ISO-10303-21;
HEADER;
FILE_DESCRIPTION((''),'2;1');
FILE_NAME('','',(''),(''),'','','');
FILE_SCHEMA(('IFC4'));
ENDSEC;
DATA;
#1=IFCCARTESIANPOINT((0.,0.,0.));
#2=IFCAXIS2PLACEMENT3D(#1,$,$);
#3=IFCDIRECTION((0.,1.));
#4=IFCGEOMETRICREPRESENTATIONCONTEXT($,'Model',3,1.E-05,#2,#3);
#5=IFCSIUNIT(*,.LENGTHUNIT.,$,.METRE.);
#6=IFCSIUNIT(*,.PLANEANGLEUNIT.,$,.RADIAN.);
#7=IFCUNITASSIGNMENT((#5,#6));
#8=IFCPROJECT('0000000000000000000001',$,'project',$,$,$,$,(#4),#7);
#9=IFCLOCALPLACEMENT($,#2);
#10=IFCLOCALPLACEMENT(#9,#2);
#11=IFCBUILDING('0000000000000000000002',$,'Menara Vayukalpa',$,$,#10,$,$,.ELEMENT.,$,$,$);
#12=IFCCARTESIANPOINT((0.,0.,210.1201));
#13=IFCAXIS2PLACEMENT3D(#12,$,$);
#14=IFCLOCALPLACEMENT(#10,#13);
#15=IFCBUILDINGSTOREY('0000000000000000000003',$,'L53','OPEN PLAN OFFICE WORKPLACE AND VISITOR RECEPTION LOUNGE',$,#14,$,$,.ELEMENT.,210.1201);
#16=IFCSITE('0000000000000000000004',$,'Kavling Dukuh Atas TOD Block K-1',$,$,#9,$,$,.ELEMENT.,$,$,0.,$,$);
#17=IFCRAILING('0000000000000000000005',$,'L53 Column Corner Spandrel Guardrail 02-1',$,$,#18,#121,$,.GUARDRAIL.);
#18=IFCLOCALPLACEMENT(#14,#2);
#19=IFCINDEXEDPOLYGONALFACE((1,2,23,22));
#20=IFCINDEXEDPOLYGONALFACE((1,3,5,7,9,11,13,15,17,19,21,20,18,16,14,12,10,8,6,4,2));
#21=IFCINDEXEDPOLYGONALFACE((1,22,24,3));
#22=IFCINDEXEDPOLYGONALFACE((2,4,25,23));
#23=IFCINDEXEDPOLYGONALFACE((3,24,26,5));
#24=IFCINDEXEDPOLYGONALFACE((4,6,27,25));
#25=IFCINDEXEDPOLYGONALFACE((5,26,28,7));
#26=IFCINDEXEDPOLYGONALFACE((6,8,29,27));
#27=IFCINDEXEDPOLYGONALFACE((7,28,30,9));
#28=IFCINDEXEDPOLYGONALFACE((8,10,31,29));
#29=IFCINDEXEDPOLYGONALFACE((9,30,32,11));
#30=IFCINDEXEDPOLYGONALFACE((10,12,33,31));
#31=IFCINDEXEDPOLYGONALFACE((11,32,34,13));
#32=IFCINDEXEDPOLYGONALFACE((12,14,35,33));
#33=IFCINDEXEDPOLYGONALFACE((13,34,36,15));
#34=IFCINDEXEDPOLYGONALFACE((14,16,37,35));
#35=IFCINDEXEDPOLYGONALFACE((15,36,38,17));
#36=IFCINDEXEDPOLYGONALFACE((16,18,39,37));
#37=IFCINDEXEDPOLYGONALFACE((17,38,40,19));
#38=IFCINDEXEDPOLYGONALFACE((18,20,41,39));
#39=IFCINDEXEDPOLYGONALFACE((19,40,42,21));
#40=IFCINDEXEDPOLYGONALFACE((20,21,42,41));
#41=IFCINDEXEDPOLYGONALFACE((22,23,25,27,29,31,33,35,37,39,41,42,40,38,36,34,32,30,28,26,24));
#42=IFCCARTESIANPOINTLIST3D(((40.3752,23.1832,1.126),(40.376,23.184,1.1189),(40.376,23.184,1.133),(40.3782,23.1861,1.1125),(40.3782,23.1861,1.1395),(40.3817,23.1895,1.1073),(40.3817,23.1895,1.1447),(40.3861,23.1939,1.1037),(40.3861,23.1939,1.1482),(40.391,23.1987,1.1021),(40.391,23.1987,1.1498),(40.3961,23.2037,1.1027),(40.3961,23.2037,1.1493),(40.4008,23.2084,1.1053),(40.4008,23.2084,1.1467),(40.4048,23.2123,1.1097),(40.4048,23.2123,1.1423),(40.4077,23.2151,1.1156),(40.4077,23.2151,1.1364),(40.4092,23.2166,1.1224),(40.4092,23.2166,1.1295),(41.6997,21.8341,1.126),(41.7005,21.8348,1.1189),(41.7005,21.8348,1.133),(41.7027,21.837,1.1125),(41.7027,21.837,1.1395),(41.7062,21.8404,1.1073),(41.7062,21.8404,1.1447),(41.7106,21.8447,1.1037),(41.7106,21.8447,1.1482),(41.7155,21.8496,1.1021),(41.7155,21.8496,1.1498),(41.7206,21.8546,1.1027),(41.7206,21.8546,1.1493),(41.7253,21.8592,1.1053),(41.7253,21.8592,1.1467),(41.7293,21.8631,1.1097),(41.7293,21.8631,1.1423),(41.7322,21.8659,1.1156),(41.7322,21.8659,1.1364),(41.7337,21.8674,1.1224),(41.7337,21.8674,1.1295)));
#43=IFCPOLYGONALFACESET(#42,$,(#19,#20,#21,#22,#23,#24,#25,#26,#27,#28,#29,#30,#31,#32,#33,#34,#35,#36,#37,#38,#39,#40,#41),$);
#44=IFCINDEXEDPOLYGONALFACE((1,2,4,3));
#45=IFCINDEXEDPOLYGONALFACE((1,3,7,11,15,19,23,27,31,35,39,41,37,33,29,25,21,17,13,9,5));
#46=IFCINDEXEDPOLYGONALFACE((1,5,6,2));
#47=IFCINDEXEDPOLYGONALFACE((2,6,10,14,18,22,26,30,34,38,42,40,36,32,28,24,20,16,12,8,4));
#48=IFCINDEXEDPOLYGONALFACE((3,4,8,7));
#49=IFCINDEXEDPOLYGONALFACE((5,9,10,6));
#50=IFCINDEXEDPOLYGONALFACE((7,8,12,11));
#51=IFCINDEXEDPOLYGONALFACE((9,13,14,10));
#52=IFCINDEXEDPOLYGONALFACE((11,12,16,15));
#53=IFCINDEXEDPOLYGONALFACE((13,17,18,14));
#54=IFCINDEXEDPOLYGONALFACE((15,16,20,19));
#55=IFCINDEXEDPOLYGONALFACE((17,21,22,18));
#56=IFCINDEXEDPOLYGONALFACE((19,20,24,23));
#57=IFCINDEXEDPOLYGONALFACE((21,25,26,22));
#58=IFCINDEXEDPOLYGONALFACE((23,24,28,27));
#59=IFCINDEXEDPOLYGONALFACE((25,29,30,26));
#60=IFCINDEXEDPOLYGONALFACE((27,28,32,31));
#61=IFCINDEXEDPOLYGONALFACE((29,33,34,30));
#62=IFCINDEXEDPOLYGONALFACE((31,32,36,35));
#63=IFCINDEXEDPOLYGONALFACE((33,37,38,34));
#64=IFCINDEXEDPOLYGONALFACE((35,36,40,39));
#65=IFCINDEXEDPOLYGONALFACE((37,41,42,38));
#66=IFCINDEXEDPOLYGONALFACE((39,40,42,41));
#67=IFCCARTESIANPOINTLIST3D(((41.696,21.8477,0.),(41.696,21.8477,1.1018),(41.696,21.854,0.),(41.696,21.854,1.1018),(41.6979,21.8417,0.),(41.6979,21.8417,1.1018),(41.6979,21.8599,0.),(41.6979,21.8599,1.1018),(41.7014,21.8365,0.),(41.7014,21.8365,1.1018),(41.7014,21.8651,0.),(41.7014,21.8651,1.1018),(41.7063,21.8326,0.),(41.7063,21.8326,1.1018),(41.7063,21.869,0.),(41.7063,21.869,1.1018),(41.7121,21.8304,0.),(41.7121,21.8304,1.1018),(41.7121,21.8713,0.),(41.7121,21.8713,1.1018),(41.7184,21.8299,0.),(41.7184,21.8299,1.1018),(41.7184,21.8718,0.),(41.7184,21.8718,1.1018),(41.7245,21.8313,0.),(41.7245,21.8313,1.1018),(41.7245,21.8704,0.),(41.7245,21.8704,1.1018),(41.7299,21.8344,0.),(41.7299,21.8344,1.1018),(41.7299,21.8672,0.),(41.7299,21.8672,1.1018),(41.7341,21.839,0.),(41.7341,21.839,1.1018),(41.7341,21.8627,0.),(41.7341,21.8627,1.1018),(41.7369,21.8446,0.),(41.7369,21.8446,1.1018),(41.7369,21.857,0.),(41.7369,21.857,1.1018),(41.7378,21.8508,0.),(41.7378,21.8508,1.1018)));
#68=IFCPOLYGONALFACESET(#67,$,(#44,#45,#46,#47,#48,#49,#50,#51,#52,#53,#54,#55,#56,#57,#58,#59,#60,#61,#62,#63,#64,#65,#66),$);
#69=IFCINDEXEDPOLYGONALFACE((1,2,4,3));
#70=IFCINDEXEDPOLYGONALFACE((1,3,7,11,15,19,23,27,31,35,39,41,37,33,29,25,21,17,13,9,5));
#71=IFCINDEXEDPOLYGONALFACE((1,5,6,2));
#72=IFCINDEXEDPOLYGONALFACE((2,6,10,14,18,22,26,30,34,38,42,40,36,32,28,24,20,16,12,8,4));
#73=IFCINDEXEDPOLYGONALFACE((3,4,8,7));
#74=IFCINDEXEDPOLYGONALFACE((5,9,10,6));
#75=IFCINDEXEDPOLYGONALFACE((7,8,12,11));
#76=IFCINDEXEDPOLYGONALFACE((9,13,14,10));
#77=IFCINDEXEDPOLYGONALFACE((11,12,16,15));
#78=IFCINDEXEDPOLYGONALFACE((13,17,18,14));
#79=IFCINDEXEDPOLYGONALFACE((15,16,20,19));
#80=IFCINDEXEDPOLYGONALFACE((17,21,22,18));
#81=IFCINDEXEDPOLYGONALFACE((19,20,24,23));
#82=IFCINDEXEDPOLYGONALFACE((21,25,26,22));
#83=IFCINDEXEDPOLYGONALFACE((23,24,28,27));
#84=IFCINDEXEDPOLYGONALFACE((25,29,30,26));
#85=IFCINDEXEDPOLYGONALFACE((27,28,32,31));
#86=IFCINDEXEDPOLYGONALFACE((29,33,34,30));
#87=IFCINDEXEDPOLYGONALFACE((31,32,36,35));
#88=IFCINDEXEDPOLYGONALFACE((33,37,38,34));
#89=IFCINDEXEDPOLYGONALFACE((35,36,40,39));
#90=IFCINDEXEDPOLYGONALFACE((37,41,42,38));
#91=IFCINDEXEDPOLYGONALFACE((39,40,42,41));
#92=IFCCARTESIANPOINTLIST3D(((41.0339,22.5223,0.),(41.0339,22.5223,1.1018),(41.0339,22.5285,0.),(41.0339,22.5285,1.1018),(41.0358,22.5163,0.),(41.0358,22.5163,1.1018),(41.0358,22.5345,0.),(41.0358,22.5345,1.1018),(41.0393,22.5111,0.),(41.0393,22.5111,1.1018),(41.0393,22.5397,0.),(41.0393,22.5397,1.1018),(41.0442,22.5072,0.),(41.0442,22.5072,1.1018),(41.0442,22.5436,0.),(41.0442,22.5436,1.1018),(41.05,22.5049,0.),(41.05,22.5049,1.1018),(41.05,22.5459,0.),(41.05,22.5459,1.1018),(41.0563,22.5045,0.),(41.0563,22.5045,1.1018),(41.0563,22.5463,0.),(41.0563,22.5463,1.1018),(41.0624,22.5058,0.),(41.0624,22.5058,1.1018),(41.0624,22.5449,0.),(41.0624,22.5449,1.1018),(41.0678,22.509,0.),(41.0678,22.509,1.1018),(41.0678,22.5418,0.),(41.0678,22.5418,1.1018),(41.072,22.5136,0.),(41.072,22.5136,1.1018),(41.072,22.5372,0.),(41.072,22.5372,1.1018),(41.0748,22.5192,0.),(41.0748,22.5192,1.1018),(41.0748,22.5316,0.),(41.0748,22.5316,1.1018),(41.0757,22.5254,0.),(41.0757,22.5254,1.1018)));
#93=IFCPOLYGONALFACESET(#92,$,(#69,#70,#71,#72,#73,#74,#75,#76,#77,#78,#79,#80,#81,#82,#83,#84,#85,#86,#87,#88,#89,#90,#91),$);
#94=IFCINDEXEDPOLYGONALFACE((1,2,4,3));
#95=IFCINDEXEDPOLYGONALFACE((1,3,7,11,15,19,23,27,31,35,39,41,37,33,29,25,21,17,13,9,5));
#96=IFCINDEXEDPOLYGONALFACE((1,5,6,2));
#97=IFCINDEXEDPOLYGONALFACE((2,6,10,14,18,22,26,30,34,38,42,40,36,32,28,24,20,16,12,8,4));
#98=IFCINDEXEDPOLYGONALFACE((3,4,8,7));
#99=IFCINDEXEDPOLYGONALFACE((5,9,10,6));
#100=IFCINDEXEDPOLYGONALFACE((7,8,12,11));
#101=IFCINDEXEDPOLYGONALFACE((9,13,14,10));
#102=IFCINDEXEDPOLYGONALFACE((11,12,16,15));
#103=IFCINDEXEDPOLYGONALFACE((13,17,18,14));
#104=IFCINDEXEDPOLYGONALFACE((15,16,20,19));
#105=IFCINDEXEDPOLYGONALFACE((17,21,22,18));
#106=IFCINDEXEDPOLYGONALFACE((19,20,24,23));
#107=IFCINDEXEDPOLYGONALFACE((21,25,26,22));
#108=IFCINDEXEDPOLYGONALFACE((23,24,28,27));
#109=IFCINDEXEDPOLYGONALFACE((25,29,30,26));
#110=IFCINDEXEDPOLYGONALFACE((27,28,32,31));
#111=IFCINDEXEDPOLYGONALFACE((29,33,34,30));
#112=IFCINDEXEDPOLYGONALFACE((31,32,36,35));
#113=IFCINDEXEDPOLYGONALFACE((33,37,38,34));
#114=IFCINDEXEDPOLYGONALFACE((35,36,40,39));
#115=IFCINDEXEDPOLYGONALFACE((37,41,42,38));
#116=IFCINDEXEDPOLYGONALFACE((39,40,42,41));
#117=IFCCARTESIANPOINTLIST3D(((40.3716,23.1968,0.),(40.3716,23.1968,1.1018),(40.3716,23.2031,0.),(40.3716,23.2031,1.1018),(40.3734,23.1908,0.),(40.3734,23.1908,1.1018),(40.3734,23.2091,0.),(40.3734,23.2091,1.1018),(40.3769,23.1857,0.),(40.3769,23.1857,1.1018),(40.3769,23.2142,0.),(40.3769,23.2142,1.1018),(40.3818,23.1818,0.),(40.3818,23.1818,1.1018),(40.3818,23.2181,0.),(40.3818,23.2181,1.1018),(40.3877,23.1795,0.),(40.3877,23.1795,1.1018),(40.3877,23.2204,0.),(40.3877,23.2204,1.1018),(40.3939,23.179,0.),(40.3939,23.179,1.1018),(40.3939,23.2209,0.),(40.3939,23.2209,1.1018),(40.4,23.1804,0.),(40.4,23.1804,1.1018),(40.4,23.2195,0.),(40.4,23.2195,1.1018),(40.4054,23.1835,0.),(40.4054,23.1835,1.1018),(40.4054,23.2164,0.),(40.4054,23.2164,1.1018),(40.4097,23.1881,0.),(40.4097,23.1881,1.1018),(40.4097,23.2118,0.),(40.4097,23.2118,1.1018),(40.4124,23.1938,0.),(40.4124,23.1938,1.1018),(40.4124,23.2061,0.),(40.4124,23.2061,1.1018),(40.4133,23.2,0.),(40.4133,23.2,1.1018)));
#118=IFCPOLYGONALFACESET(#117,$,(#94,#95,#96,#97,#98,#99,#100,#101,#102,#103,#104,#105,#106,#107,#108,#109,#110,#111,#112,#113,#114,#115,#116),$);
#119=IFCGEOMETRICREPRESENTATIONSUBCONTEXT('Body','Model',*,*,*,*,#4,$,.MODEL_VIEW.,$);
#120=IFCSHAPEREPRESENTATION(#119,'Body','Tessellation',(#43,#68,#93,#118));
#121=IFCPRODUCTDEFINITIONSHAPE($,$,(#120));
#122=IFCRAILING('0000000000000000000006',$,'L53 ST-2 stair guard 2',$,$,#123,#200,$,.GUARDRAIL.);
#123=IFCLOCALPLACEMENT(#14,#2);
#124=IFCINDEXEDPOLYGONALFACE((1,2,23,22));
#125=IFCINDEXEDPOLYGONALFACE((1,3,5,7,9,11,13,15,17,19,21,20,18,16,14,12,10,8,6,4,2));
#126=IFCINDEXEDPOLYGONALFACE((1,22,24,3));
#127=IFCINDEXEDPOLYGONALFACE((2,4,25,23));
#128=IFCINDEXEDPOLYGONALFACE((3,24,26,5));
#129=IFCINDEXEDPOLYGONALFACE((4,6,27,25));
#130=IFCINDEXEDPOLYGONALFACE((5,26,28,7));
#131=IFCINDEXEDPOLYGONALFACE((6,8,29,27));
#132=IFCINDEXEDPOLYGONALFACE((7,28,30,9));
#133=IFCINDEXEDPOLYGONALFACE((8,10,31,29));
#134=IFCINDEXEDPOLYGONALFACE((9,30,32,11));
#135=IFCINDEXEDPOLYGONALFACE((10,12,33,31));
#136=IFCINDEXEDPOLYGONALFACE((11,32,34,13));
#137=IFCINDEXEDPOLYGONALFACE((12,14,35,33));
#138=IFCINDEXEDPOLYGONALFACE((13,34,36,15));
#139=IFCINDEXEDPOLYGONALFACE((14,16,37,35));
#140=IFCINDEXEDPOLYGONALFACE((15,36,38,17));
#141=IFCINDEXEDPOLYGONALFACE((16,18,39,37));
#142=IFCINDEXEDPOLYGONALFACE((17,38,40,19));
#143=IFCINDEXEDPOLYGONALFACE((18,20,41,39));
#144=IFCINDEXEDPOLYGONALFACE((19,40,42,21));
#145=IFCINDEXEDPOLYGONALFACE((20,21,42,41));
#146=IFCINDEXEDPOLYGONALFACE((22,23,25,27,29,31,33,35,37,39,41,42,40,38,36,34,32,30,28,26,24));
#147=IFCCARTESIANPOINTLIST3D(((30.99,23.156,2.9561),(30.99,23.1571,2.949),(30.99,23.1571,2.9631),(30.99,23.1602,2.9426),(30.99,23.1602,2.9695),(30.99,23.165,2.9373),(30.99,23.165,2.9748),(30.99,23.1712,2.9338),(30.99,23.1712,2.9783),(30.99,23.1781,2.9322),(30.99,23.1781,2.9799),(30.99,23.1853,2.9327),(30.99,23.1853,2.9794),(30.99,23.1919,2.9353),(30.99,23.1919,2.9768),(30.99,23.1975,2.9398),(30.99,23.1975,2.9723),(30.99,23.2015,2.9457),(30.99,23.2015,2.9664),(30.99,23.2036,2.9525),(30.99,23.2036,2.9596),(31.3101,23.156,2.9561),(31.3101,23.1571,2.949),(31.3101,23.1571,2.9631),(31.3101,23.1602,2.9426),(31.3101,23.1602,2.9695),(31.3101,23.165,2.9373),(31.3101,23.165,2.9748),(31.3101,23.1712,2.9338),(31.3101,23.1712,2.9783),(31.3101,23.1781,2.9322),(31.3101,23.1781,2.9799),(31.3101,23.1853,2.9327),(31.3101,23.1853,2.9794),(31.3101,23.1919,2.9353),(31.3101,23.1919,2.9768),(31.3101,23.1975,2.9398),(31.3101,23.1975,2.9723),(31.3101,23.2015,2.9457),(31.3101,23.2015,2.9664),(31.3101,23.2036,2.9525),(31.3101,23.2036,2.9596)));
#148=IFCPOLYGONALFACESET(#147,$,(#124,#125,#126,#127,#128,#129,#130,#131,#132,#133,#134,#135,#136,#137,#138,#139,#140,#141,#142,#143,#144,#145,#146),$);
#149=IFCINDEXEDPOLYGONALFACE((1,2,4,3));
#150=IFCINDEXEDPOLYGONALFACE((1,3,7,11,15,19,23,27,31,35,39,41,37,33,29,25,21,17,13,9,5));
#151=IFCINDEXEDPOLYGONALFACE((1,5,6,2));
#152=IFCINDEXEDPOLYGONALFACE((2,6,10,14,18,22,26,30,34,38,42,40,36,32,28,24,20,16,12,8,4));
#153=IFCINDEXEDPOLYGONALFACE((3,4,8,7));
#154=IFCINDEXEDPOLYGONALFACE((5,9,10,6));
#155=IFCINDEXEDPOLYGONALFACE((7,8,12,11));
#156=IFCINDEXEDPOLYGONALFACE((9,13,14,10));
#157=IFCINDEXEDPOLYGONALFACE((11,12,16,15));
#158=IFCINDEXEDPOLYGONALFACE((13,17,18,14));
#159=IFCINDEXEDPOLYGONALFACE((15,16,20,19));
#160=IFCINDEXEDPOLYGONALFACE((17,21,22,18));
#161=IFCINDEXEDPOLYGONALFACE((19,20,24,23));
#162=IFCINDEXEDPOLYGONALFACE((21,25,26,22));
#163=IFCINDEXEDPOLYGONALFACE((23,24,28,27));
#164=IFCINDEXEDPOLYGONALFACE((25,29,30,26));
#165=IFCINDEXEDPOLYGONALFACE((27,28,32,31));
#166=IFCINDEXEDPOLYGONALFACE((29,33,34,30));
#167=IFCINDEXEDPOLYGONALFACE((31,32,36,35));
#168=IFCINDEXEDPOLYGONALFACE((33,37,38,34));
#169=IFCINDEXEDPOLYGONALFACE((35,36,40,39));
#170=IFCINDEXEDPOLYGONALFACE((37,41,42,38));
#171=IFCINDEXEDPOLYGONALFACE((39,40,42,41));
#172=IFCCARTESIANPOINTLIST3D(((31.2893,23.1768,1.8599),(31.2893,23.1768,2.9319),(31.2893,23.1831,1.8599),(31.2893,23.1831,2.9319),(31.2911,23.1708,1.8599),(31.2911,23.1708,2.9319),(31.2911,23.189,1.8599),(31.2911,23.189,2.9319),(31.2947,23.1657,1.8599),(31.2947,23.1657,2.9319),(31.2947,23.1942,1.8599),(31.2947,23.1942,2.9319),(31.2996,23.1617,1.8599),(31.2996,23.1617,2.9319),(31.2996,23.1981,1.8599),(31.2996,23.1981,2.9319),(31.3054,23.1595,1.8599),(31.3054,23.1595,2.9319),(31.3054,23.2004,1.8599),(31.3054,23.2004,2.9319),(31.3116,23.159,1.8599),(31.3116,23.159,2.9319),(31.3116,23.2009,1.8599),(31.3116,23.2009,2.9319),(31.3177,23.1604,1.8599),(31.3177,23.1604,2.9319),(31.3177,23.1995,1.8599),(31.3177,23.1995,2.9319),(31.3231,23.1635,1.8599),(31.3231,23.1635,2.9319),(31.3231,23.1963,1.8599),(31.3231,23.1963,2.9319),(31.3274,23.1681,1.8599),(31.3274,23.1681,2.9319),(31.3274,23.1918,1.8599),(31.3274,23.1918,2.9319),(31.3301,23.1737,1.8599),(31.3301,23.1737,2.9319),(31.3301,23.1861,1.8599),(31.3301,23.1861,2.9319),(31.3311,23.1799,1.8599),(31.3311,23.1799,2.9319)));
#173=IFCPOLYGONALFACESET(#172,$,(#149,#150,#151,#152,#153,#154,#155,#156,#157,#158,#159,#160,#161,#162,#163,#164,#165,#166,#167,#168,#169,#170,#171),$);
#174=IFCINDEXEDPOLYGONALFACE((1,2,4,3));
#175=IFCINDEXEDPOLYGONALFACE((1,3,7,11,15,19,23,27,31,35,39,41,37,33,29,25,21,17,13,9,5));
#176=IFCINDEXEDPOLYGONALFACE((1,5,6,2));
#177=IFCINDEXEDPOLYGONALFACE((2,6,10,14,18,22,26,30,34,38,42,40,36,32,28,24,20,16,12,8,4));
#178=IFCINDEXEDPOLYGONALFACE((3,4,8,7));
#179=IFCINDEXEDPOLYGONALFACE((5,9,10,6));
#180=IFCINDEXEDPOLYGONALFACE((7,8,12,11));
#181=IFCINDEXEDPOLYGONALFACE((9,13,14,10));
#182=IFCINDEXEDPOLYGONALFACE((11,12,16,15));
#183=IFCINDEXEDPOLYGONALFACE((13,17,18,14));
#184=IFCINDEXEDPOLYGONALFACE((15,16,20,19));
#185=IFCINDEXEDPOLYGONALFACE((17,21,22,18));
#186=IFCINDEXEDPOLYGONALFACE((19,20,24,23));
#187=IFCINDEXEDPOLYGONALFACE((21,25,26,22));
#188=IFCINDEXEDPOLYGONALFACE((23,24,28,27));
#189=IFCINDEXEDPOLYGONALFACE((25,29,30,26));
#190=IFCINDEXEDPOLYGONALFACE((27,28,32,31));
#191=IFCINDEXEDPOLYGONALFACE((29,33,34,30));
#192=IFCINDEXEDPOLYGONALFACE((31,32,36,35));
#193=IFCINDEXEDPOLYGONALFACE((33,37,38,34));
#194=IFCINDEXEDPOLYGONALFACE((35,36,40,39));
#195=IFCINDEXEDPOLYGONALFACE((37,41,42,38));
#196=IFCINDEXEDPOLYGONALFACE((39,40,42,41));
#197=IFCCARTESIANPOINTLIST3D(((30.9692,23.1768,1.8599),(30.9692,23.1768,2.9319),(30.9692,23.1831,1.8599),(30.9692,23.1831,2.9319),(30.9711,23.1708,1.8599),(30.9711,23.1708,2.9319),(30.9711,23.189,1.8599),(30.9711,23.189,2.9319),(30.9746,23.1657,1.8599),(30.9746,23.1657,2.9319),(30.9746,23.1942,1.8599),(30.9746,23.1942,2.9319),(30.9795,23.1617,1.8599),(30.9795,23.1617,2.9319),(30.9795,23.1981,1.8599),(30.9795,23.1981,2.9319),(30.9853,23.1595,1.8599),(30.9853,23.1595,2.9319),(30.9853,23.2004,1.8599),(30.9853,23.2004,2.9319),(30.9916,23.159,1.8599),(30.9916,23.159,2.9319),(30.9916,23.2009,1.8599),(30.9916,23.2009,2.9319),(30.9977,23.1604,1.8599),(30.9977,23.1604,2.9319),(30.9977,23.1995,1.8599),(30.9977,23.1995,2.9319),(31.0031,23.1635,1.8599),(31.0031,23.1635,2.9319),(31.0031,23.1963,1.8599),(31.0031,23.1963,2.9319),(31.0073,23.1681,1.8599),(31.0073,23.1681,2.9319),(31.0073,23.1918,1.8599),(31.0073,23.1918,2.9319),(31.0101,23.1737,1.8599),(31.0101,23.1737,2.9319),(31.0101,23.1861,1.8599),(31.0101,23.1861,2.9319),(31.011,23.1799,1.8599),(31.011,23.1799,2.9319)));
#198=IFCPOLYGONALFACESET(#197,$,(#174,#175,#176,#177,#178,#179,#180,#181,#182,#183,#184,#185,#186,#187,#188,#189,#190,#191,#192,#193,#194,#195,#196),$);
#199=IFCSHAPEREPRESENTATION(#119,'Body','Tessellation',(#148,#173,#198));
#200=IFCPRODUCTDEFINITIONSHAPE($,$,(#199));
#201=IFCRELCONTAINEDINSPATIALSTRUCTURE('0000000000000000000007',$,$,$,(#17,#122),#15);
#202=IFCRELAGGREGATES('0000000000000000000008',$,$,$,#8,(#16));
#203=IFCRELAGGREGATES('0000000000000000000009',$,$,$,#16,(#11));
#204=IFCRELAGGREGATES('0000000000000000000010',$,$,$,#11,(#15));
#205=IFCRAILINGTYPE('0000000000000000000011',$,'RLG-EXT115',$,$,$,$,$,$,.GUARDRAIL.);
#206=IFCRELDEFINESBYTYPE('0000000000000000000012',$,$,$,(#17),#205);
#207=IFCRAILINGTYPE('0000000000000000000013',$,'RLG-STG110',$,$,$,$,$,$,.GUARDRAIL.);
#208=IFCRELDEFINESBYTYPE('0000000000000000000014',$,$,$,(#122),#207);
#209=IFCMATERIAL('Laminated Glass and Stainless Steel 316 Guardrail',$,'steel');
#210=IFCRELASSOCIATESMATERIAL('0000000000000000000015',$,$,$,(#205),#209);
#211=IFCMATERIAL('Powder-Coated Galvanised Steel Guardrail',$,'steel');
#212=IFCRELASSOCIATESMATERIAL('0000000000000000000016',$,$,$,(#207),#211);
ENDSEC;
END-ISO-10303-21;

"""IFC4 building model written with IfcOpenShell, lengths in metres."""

from ifc_helpers import new_model, si_unit, direction, frame, origin, origin_2d, place, context, subcontext, project, spatial, circle, extrude, material, type_object, element, save


model = new_model("IFC4")

# Units and contexts
model_context = context("Model", 3, precision=1e-05, world=origin(), true_north=direction((0.0, 1.0)))
body_context = subcontext(model_context, "Body", "Model", "MODEL_VIEW")
ifc_project = project(units=[si_unit("LENGTHUNIT", "METRE"), si_unit("PLANEANGLEUNIT", "RADIAN")], contexts=[model_context])

# Site, building, storey
site_placement = place(None, origin())
site = spatial("IfcSite", under=ifc_project, at=site_placement, Name="Kavling Dukuh Atas TOD Block K-1", CompositionType="ELEMENT", RefElevation=0.0)
building_placement = place(site_placement, origin())
building = spatial("IfcBuilding", under=site, at=building_placement, Name="Menara Vayukalpa", CompositionType="ELEMENT")
storey_placement = place(building_placement, frame((0.0, 0.0, 210.1201)))
storey = spatial("IfcBuildingStorey", under=building, at=storey_placement, Name="L53", Description="OPEN PLAN OFFICE WORKPLACE AND VISITOR RECEPTION LOUNGE", CompositionType="ELEMENT", Elevation=210.1201)

# Railings
ifc_material_1 = material(Name="Laminated Glass and Stainless Steel 316 Guardrail", Category="steel")
railing_type_1 = type_object("IfcRailingType", Name="RLG-EXT115", PredefinedType="GUARDRAIL", material=ifc_material_1)
railing_1_placement = place(storey_placement, frame((41.7168, 21.8508, 0.0)))
element("IfcRailing", 1, at=railing_1_placement, inside=storey, type_object=railing_type_1, Name="L53 Column Corner Spandrel Guardrail 02-1", PredefinedType="GUARDRAIL", context=body_context, shape_type="SweptSolid", body=[
    extrude(circle(Radius=0.0239, at=origin_2d()), frame((0.0, 0.0, 1.126), z_axis=(-0.700555, 0.713598, 0.0), x_axis=(-0.713598, -0.700555, 0.0)), (0.0, 0.0, 1.0), 1.8906),
    extrude(circle(Radius=0.021, at=origin_2d()), origin(), (0.0, 0.0, 1.0), 1.1018),
    extrude(circle(Radius=0.021, at=origin_2d()), frame((-0.6621, 0.6746, 0.0)), (0.0, 0.0, 1.0), 1.1018),
    extrude(circle(Radius=0.021, at=origin_2d()), frame((-1.3245, 1.3491, 0.0)), (0.0, 0.0, 1.0), 1.1018),
])
ifc_material_2 = material(Name="Powder-Coated Galvanised Steel Guardrail", Category="steel")
railing_type_2 = type_object("IfcRailingType", Name="RLG-STG110", PredefinedType="GUARDRAIL", material=ifc_material_2)
railing_2_placement = place(storey_placement, frame((31.3101, 23.1799, 1.8599)))
element("IfcRailing", 2, at=railing_2_placement, inside=storey, type_object=railing_type_2, Name="L53 ST-2 stair guard 2", PredefinedType="GUARDRAIL", context=body_context, shape_type="SweptSolid", body=[
    extrude(circle(Radius=0.0239, at=origin_2d()), frame((0.0, 0.0, 1.0962), z_axis=(-1.0, 0.0, 0.0), x_axis=(0.0, -1.0, 0.0)), (0.0, 0.0, 1.0), 0.3201),
    extrude(circle(Radius=0.021, at=origin_2d()), origin(), (0.0, 0.0, 1.0), 1.072),
    extrude(circle(Radius=0.021, at=origin_2d()), frame((-0.3201, 0.0, 0.0)), (0.0, 0.0, 1.0), 1.072),
])

save(model, "model.ifc")
